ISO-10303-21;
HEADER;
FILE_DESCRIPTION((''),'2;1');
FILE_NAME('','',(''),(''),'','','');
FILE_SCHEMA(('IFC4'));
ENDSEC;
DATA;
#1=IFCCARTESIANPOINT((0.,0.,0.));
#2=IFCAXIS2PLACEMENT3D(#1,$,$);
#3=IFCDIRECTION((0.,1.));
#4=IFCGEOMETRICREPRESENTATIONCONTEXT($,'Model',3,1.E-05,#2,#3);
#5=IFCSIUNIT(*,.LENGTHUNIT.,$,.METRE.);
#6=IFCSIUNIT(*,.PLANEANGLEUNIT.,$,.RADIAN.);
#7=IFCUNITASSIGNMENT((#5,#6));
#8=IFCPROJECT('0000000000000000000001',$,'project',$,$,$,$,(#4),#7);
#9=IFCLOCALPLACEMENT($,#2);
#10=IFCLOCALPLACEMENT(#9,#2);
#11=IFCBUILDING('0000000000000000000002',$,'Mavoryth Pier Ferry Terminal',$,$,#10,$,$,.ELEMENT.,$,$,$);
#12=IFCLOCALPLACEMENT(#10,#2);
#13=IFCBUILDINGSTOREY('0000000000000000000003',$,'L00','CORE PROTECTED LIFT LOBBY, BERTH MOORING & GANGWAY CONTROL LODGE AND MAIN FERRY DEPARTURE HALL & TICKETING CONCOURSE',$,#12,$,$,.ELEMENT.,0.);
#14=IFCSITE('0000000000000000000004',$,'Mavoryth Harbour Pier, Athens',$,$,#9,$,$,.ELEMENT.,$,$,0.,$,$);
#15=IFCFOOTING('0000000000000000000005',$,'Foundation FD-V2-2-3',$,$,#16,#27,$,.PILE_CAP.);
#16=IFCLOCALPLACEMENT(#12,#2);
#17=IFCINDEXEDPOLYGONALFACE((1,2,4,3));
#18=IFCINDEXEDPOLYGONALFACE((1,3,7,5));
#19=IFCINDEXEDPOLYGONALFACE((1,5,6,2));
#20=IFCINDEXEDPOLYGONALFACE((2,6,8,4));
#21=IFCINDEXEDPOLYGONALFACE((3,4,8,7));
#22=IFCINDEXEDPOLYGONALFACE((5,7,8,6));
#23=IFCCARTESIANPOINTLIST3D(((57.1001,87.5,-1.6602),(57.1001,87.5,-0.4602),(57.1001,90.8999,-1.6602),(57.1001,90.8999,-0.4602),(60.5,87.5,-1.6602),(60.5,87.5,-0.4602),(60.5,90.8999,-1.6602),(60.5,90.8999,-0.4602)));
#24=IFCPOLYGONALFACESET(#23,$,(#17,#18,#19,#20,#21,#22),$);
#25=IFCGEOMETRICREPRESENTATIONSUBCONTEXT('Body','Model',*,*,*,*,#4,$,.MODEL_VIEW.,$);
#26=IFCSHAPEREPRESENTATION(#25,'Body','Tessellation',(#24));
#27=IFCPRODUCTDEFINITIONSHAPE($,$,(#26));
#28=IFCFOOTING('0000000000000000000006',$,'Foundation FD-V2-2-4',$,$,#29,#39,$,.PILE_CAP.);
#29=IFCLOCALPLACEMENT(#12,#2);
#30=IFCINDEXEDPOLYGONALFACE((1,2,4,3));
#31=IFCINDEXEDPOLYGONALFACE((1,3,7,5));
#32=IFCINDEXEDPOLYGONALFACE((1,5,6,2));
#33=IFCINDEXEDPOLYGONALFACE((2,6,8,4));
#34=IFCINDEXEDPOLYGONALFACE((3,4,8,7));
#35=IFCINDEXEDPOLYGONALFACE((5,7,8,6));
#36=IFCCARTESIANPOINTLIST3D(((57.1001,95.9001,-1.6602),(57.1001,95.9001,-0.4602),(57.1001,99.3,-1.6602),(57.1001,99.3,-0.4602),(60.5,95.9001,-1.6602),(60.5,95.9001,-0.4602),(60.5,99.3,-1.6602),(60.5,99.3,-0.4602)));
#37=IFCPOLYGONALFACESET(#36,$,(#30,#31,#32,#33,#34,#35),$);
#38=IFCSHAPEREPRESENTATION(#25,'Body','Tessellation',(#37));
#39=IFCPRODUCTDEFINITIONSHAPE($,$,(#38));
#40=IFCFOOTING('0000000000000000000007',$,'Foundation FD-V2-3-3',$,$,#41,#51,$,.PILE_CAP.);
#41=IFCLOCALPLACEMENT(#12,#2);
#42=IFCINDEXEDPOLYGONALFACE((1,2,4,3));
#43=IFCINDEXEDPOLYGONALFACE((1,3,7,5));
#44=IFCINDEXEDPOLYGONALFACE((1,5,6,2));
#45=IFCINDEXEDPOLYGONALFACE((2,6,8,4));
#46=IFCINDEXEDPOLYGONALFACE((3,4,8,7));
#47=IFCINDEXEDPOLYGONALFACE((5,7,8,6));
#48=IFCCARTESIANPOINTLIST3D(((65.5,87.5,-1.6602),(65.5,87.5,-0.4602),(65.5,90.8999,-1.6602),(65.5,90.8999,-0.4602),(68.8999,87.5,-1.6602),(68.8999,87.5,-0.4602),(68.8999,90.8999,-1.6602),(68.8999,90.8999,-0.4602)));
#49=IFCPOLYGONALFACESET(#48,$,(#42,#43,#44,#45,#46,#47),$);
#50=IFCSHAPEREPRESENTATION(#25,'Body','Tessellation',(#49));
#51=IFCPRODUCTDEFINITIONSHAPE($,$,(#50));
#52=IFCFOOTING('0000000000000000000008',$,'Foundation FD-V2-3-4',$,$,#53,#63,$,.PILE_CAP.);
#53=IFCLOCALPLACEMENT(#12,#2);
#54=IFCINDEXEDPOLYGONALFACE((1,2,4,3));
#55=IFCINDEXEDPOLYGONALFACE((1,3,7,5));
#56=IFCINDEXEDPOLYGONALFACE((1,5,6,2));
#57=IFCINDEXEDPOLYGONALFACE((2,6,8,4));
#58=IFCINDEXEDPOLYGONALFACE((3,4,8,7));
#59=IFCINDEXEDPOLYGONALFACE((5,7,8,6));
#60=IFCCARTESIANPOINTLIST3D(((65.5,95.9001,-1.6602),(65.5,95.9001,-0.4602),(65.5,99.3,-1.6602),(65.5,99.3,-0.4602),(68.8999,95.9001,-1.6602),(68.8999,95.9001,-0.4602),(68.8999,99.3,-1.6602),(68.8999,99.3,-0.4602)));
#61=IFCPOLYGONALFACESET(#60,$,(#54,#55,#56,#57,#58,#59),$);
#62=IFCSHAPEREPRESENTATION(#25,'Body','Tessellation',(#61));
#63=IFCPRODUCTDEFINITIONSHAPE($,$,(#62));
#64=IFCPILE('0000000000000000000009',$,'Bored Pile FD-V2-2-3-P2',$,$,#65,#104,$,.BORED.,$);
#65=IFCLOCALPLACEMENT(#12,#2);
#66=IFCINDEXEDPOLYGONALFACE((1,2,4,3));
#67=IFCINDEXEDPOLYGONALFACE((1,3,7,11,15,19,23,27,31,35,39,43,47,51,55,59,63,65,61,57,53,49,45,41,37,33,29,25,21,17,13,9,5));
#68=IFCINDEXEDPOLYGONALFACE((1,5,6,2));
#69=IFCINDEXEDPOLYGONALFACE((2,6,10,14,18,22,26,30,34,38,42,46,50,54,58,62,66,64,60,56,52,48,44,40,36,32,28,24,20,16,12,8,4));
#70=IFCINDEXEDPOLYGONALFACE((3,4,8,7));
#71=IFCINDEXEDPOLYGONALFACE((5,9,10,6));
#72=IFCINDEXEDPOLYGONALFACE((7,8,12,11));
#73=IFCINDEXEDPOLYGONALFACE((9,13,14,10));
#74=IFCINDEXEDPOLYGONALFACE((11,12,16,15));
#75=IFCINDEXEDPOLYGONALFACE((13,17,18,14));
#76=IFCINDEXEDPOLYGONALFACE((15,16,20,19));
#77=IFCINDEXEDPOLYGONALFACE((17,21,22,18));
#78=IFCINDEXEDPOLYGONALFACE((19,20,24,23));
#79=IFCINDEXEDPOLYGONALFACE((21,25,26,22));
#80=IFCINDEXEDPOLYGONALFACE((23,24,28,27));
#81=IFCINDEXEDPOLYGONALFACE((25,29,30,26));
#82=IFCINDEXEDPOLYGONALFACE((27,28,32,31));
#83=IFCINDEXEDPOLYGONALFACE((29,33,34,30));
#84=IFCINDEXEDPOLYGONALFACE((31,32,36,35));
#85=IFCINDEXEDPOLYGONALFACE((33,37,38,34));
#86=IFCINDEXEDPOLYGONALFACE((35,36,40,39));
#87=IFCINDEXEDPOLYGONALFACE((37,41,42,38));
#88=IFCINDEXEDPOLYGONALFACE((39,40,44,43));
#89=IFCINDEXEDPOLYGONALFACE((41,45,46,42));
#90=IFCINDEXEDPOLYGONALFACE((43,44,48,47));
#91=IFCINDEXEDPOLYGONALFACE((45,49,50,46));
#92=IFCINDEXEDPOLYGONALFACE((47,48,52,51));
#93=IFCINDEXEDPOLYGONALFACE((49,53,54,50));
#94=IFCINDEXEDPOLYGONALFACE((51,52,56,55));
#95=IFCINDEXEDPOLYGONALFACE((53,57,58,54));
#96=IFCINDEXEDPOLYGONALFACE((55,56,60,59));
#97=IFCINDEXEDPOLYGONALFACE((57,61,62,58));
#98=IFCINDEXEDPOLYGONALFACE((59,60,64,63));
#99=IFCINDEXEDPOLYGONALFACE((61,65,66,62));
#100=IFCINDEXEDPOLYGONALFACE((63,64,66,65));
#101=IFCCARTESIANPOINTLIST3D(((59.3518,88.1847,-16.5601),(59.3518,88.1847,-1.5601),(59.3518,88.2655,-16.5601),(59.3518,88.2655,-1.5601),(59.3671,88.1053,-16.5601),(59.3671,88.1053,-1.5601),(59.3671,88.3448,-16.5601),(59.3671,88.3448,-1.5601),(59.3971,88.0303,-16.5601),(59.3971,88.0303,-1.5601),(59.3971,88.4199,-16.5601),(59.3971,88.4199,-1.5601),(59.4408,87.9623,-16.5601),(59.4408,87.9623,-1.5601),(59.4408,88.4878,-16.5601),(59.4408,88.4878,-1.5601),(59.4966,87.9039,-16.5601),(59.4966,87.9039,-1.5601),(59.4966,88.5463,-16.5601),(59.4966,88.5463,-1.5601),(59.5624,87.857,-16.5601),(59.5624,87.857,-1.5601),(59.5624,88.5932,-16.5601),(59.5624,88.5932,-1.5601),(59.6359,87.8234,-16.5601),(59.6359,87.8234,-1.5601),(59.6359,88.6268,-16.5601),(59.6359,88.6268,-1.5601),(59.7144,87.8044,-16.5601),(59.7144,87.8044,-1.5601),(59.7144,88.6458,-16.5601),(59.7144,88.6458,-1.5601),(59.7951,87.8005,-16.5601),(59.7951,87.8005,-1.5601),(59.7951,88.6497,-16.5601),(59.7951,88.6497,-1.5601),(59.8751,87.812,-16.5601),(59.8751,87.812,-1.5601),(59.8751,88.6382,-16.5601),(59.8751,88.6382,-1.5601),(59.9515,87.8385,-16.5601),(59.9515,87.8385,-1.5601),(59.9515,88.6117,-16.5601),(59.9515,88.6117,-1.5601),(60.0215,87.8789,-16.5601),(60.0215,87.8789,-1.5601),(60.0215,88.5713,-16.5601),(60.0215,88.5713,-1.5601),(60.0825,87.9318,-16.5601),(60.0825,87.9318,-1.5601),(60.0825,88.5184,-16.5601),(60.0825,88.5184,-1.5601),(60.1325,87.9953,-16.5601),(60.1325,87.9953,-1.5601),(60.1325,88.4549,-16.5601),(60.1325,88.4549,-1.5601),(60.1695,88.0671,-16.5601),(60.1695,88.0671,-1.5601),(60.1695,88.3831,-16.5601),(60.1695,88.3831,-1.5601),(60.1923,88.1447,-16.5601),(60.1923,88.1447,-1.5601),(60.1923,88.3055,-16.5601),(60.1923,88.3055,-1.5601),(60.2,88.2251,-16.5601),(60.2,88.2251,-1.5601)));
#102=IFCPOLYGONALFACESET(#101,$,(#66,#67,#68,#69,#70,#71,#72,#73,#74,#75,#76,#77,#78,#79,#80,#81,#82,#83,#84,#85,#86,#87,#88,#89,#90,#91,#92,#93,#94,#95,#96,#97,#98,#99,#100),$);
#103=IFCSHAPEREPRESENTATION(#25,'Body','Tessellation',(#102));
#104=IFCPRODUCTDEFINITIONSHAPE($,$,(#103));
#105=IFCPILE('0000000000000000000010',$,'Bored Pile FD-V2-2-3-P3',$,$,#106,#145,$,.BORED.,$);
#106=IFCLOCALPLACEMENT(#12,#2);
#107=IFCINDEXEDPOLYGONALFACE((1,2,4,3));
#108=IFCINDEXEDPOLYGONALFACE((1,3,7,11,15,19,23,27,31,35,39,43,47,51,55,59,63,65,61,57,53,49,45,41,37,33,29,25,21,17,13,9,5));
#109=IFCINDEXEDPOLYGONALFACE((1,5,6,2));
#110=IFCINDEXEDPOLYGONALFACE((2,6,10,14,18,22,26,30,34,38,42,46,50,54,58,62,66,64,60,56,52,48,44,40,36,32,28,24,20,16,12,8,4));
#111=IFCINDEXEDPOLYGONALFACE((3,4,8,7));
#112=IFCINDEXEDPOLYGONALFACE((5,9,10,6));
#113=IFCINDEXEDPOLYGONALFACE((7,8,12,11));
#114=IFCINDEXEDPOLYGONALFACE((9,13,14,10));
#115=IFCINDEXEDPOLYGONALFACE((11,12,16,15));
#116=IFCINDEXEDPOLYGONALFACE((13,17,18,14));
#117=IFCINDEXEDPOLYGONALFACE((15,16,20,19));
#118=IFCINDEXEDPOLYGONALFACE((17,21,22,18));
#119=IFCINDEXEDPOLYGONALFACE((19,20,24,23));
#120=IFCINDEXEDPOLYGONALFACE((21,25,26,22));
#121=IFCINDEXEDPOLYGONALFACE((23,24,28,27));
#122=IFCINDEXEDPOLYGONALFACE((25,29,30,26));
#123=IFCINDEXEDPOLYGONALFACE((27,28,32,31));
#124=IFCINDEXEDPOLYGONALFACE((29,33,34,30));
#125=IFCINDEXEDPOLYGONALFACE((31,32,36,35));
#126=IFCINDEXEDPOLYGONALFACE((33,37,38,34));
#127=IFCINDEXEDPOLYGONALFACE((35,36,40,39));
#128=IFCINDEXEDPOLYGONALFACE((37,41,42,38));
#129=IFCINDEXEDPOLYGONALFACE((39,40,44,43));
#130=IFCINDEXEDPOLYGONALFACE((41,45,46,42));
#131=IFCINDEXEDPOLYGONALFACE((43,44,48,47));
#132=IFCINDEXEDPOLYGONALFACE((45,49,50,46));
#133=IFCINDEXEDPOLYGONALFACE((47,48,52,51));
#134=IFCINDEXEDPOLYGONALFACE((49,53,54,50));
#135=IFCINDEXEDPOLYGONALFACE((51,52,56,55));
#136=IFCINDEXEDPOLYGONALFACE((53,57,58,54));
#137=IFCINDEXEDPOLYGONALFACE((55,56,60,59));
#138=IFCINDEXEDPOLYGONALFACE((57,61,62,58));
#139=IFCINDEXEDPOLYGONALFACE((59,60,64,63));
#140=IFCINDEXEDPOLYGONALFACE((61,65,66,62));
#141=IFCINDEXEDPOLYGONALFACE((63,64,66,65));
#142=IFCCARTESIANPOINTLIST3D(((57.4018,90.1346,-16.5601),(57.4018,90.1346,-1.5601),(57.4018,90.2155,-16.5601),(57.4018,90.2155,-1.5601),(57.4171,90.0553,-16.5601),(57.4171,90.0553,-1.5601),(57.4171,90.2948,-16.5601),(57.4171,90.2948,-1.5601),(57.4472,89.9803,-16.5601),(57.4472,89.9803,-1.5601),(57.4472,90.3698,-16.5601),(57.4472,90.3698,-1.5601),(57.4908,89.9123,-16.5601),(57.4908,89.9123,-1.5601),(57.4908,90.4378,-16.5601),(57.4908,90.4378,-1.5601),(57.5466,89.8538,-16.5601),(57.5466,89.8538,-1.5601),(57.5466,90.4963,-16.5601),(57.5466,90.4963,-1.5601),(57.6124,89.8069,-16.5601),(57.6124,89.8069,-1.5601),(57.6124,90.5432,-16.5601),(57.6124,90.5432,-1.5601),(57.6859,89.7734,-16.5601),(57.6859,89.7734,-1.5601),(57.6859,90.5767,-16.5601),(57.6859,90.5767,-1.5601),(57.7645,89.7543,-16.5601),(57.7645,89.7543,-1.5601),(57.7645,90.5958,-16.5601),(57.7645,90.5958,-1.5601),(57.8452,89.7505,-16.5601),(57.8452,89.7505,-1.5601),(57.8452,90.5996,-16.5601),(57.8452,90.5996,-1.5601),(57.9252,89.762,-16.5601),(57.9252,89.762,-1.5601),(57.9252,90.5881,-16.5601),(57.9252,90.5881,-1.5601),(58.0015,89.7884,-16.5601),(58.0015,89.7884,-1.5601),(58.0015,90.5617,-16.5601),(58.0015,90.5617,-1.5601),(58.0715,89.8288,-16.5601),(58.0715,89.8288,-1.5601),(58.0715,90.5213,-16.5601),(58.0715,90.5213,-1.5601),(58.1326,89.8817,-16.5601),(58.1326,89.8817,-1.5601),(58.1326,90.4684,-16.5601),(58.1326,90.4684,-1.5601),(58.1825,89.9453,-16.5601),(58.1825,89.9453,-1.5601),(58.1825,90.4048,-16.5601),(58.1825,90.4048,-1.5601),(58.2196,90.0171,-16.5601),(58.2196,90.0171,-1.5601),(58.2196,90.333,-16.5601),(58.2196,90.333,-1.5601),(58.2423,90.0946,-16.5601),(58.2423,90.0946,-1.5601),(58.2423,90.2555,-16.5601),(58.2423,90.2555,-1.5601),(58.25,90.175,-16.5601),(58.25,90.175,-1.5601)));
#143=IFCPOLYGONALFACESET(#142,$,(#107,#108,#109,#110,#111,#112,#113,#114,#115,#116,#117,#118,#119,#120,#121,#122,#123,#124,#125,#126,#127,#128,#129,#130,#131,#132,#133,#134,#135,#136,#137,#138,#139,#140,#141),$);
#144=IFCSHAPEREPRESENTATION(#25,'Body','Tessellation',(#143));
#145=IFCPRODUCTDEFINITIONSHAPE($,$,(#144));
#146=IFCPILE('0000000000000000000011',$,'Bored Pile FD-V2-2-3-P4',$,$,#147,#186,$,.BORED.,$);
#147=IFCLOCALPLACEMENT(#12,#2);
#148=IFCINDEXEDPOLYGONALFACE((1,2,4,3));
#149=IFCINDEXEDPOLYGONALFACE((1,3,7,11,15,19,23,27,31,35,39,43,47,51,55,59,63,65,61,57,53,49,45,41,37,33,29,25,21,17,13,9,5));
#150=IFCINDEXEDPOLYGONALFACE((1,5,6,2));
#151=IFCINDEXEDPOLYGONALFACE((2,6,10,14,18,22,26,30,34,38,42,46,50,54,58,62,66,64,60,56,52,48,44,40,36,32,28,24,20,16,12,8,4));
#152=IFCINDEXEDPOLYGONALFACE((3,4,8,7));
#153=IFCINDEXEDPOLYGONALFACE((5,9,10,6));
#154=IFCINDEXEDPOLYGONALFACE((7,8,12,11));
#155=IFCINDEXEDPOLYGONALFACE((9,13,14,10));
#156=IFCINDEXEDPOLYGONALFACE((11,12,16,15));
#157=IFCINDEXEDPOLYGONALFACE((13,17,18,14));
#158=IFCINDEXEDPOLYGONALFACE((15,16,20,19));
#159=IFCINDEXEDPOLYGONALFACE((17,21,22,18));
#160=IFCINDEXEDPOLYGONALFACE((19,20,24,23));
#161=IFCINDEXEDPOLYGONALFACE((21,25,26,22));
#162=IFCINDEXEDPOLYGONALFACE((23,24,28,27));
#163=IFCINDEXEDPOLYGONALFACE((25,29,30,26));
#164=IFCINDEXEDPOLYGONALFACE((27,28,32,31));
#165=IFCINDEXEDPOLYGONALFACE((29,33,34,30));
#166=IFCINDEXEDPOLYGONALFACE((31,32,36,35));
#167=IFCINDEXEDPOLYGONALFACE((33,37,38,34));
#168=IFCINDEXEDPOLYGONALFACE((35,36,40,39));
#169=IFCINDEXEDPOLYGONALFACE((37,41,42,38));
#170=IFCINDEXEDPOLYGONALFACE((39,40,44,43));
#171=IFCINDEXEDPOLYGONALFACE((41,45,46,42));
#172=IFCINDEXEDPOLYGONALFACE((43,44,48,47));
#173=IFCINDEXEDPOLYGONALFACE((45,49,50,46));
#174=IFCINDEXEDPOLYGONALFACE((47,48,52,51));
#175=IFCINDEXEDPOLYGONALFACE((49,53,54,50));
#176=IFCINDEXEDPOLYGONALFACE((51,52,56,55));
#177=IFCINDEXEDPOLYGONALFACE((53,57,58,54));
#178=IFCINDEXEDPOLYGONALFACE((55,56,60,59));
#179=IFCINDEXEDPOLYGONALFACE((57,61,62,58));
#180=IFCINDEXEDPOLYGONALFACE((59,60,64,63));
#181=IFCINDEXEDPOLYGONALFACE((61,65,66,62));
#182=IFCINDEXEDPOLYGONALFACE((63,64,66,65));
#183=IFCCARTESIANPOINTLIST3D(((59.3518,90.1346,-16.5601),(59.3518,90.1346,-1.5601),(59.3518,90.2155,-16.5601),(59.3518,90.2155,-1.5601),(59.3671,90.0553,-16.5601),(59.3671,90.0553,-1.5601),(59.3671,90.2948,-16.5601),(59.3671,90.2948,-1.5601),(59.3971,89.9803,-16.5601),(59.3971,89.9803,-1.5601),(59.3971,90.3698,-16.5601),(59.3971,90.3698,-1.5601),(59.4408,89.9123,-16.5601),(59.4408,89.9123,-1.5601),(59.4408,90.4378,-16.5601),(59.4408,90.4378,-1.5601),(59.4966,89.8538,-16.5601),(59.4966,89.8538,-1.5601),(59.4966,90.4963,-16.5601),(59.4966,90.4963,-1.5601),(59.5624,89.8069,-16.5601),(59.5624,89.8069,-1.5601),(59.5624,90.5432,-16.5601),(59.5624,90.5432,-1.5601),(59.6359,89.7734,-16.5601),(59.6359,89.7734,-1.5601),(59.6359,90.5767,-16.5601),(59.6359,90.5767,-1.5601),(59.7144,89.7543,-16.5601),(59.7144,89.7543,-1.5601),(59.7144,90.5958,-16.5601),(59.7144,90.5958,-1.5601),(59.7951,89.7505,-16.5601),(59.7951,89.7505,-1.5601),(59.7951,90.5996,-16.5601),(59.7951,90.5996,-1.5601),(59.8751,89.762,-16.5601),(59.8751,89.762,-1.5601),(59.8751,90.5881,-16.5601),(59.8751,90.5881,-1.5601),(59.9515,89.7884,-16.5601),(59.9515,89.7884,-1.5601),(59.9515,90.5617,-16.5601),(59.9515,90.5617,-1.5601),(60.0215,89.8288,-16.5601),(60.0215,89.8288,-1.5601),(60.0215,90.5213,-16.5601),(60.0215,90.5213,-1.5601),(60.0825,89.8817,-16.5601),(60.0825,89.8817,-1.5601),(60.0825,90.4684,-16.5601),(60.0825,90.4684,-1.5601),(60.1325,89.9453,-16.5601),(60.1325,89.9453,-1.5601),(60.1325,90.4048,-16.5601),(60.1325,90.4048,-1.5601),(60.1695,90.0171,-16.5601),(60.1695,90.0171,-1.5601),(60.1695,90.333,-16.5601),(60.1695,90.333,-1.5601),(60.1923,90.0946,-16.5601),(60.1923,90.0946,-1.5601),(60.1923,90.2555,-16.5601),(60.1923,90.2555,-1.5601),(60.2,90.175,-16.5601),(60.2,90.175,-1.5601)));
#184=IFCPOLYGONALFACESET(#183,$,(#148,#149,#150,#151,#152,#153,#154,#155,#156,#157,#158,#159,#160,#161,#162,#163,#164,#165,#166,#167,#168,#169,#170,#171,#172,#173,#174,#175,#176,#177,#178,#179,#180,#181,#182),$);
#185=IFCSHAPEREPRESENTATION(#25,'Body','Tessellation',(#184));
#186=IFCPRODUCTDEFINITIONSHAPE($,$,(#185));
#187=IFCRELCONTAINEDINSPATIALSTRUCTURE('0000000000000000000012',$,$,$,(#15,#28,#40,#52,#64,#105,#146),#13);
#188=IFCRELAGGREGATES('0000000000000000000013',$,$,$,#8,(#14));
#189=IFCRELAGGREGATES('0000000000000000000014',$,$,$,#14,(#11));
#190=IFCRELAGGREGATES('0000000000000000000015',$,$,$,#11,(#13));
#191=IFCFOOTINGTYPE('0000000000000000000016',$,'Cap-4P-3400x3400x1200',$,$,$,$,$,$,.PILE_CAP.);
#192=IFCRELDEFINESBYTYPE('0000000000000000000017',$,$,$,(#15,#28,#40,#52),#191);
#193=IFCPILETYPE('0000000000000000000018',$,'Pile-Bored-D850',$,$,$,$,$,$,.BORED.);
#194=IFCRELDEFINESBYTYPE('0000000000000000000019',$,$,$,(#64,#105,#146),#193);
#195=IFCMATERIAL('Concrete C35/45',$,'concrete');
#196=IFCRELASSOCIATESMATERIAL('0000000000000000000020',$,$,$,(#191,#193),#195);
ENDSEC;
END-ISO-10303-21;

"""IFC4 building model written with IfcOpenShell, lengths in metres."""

from ifc_helpers import new_model, si_unit, direction, frame, origin, origin_2d, place, context, subcontext, project, spatial, rectangle, circle, extrude, material, material_profile, profile_set, type_object, element, save


model = new_model("IFC4")

# Units and contexts
model_context = context("Model", 3, precision=1e-05, world=origin(), true_north=direction((0.0, 1.0)))
body_context = subcontext(model_context, "Body", "Model", "MODEL_VIEW")
ifc_project = project(units=[si_unit("LENGTHUNIT", "METRE"), si_unit("PLANEANGLEUNIT", "RADIAN")], contexts=[model_context])

# Site, building, storey
site_placement = place(None, origin())
site = spatial("IfcSite", under=ifc_project, at=site_placement, Name="Mavoryth Harbour Pier, Athens", CompositionType="ELEMENT", RefElevation=0.0)
building_placement = place(site_placement, origin())
building = spatial("IfcBuilding", under=site, at=building_placement, Name="Mavoryth Pier Ferry Terminal", CompositionType="ELEMENT")
storey_placement = place(building_placement, origin())
storey = spatial("IfcBuildingStorey", under=building, at=storey_placement, Name="L00", Description="CORE PROTECTED LIFT LOBBY, BERTH MOORING & GANGWAY CONTROL LODGE AND MAIN FERRY DEPARTURE HALL & TICKETING CONCOURSE", CompositionType="ELEMENT", Elevation=0.0)

# Footings
ifc_material_1 = material(Name="Concrete C35/45", Category="concrete")
footing_type_1 = type_object("IfcFootingType", Name="Cap-4P-3400x3400x1200", PredefinedType="PILE_CAP", material=ifc_material_1)
for number, where, z_axis, x_axis, name in (
    (1, (58.8, 89.2, -1.6602), (0.0, 0.0, 1.0), (1.0, 0.0, 0.0), "Foundation FD-V2-2-3"),
    (2, (58.8, 97.6001, -1.6602), (0.0, 0.0, 1.0), (1.0, 0.0, 0.0), "Foundation FD-V2-2-4"),
    (3, (67.2, 89.2, -1.6602), (0.0, 0.0, 1.0), (1.0, 0.0, 0.0), "Foundation FD-V2-3-3"),
    (4, (67.2, 97.6001, -1.6602), (0.0, 0.0, 1.0), (1.0, 0.0, 0.0), "Foundation FD-V2-3-4"),
):
    element("IfcFooting", number, at=place(storey_placement, frame(where, z_axis=z_axis, x_axis=x_axis)), inside=storey, type_object=footing_type_1, Name=name, PredefinedType="PILE_CAP", context=body_context, shape_type="SweptSolid", body=[
        extrude(rectangle(XDim=3.3999, YDim=3.3999, at=origin_2d()), origin(), (0.0, 0.0, 1.0), 1.2),
    ])

# Piles
ifc_material_profile_1 = material_profile(ifc_material_1, circle(Radius=0.425, at=origin_2d()), Name="PILE D850", Category="concrete")
ifc_profile_set_1 = profile_set([ifc_material_profile_1], Name="Concrete C35/45 - PILE D850")
pile_type = type_object("IfcPileType", Name="Pile-Bored-D850", PredefinedType="BORED", material=ifc_profile_set_1)
for number, where, z_axis, x_axis, name in (
    (5, (59.7749, 88.2251, -1.5601), (0.0, 0.0, -1.0), (1.0, 0.0, 0.0), "Bored Pile FD-V2-2-3-P2"),
    (6, (57.825, 90.175, -1.5601), (0.0, 0.0, -1.0), (1.0, 0.0, 0.0), "Bored Pile FD-V2-2-3-P3"),
    (7, (59.7749, 90.175, -1.5601), (0.0, 0.0, -1.0), (1.0, 0.0, 0.0), "Bored Pile FD-V2-2-3-P4"),
):
    element("IfcPile", number, at=place(storey_placement, frame(where, z_axis=z_axis, x_axis=x_axis)), inside=storey, type_object=pile_type, Name=name, PredefinedType="BORED", context=body_context, shape_type="SweptSolid", body=[
        extrude(circle(Radius=0.425, at=origin_2d()), origin(), (0.0, 0.0, 1.0), 15.0),
    ])

save(model, "model.ifc")
